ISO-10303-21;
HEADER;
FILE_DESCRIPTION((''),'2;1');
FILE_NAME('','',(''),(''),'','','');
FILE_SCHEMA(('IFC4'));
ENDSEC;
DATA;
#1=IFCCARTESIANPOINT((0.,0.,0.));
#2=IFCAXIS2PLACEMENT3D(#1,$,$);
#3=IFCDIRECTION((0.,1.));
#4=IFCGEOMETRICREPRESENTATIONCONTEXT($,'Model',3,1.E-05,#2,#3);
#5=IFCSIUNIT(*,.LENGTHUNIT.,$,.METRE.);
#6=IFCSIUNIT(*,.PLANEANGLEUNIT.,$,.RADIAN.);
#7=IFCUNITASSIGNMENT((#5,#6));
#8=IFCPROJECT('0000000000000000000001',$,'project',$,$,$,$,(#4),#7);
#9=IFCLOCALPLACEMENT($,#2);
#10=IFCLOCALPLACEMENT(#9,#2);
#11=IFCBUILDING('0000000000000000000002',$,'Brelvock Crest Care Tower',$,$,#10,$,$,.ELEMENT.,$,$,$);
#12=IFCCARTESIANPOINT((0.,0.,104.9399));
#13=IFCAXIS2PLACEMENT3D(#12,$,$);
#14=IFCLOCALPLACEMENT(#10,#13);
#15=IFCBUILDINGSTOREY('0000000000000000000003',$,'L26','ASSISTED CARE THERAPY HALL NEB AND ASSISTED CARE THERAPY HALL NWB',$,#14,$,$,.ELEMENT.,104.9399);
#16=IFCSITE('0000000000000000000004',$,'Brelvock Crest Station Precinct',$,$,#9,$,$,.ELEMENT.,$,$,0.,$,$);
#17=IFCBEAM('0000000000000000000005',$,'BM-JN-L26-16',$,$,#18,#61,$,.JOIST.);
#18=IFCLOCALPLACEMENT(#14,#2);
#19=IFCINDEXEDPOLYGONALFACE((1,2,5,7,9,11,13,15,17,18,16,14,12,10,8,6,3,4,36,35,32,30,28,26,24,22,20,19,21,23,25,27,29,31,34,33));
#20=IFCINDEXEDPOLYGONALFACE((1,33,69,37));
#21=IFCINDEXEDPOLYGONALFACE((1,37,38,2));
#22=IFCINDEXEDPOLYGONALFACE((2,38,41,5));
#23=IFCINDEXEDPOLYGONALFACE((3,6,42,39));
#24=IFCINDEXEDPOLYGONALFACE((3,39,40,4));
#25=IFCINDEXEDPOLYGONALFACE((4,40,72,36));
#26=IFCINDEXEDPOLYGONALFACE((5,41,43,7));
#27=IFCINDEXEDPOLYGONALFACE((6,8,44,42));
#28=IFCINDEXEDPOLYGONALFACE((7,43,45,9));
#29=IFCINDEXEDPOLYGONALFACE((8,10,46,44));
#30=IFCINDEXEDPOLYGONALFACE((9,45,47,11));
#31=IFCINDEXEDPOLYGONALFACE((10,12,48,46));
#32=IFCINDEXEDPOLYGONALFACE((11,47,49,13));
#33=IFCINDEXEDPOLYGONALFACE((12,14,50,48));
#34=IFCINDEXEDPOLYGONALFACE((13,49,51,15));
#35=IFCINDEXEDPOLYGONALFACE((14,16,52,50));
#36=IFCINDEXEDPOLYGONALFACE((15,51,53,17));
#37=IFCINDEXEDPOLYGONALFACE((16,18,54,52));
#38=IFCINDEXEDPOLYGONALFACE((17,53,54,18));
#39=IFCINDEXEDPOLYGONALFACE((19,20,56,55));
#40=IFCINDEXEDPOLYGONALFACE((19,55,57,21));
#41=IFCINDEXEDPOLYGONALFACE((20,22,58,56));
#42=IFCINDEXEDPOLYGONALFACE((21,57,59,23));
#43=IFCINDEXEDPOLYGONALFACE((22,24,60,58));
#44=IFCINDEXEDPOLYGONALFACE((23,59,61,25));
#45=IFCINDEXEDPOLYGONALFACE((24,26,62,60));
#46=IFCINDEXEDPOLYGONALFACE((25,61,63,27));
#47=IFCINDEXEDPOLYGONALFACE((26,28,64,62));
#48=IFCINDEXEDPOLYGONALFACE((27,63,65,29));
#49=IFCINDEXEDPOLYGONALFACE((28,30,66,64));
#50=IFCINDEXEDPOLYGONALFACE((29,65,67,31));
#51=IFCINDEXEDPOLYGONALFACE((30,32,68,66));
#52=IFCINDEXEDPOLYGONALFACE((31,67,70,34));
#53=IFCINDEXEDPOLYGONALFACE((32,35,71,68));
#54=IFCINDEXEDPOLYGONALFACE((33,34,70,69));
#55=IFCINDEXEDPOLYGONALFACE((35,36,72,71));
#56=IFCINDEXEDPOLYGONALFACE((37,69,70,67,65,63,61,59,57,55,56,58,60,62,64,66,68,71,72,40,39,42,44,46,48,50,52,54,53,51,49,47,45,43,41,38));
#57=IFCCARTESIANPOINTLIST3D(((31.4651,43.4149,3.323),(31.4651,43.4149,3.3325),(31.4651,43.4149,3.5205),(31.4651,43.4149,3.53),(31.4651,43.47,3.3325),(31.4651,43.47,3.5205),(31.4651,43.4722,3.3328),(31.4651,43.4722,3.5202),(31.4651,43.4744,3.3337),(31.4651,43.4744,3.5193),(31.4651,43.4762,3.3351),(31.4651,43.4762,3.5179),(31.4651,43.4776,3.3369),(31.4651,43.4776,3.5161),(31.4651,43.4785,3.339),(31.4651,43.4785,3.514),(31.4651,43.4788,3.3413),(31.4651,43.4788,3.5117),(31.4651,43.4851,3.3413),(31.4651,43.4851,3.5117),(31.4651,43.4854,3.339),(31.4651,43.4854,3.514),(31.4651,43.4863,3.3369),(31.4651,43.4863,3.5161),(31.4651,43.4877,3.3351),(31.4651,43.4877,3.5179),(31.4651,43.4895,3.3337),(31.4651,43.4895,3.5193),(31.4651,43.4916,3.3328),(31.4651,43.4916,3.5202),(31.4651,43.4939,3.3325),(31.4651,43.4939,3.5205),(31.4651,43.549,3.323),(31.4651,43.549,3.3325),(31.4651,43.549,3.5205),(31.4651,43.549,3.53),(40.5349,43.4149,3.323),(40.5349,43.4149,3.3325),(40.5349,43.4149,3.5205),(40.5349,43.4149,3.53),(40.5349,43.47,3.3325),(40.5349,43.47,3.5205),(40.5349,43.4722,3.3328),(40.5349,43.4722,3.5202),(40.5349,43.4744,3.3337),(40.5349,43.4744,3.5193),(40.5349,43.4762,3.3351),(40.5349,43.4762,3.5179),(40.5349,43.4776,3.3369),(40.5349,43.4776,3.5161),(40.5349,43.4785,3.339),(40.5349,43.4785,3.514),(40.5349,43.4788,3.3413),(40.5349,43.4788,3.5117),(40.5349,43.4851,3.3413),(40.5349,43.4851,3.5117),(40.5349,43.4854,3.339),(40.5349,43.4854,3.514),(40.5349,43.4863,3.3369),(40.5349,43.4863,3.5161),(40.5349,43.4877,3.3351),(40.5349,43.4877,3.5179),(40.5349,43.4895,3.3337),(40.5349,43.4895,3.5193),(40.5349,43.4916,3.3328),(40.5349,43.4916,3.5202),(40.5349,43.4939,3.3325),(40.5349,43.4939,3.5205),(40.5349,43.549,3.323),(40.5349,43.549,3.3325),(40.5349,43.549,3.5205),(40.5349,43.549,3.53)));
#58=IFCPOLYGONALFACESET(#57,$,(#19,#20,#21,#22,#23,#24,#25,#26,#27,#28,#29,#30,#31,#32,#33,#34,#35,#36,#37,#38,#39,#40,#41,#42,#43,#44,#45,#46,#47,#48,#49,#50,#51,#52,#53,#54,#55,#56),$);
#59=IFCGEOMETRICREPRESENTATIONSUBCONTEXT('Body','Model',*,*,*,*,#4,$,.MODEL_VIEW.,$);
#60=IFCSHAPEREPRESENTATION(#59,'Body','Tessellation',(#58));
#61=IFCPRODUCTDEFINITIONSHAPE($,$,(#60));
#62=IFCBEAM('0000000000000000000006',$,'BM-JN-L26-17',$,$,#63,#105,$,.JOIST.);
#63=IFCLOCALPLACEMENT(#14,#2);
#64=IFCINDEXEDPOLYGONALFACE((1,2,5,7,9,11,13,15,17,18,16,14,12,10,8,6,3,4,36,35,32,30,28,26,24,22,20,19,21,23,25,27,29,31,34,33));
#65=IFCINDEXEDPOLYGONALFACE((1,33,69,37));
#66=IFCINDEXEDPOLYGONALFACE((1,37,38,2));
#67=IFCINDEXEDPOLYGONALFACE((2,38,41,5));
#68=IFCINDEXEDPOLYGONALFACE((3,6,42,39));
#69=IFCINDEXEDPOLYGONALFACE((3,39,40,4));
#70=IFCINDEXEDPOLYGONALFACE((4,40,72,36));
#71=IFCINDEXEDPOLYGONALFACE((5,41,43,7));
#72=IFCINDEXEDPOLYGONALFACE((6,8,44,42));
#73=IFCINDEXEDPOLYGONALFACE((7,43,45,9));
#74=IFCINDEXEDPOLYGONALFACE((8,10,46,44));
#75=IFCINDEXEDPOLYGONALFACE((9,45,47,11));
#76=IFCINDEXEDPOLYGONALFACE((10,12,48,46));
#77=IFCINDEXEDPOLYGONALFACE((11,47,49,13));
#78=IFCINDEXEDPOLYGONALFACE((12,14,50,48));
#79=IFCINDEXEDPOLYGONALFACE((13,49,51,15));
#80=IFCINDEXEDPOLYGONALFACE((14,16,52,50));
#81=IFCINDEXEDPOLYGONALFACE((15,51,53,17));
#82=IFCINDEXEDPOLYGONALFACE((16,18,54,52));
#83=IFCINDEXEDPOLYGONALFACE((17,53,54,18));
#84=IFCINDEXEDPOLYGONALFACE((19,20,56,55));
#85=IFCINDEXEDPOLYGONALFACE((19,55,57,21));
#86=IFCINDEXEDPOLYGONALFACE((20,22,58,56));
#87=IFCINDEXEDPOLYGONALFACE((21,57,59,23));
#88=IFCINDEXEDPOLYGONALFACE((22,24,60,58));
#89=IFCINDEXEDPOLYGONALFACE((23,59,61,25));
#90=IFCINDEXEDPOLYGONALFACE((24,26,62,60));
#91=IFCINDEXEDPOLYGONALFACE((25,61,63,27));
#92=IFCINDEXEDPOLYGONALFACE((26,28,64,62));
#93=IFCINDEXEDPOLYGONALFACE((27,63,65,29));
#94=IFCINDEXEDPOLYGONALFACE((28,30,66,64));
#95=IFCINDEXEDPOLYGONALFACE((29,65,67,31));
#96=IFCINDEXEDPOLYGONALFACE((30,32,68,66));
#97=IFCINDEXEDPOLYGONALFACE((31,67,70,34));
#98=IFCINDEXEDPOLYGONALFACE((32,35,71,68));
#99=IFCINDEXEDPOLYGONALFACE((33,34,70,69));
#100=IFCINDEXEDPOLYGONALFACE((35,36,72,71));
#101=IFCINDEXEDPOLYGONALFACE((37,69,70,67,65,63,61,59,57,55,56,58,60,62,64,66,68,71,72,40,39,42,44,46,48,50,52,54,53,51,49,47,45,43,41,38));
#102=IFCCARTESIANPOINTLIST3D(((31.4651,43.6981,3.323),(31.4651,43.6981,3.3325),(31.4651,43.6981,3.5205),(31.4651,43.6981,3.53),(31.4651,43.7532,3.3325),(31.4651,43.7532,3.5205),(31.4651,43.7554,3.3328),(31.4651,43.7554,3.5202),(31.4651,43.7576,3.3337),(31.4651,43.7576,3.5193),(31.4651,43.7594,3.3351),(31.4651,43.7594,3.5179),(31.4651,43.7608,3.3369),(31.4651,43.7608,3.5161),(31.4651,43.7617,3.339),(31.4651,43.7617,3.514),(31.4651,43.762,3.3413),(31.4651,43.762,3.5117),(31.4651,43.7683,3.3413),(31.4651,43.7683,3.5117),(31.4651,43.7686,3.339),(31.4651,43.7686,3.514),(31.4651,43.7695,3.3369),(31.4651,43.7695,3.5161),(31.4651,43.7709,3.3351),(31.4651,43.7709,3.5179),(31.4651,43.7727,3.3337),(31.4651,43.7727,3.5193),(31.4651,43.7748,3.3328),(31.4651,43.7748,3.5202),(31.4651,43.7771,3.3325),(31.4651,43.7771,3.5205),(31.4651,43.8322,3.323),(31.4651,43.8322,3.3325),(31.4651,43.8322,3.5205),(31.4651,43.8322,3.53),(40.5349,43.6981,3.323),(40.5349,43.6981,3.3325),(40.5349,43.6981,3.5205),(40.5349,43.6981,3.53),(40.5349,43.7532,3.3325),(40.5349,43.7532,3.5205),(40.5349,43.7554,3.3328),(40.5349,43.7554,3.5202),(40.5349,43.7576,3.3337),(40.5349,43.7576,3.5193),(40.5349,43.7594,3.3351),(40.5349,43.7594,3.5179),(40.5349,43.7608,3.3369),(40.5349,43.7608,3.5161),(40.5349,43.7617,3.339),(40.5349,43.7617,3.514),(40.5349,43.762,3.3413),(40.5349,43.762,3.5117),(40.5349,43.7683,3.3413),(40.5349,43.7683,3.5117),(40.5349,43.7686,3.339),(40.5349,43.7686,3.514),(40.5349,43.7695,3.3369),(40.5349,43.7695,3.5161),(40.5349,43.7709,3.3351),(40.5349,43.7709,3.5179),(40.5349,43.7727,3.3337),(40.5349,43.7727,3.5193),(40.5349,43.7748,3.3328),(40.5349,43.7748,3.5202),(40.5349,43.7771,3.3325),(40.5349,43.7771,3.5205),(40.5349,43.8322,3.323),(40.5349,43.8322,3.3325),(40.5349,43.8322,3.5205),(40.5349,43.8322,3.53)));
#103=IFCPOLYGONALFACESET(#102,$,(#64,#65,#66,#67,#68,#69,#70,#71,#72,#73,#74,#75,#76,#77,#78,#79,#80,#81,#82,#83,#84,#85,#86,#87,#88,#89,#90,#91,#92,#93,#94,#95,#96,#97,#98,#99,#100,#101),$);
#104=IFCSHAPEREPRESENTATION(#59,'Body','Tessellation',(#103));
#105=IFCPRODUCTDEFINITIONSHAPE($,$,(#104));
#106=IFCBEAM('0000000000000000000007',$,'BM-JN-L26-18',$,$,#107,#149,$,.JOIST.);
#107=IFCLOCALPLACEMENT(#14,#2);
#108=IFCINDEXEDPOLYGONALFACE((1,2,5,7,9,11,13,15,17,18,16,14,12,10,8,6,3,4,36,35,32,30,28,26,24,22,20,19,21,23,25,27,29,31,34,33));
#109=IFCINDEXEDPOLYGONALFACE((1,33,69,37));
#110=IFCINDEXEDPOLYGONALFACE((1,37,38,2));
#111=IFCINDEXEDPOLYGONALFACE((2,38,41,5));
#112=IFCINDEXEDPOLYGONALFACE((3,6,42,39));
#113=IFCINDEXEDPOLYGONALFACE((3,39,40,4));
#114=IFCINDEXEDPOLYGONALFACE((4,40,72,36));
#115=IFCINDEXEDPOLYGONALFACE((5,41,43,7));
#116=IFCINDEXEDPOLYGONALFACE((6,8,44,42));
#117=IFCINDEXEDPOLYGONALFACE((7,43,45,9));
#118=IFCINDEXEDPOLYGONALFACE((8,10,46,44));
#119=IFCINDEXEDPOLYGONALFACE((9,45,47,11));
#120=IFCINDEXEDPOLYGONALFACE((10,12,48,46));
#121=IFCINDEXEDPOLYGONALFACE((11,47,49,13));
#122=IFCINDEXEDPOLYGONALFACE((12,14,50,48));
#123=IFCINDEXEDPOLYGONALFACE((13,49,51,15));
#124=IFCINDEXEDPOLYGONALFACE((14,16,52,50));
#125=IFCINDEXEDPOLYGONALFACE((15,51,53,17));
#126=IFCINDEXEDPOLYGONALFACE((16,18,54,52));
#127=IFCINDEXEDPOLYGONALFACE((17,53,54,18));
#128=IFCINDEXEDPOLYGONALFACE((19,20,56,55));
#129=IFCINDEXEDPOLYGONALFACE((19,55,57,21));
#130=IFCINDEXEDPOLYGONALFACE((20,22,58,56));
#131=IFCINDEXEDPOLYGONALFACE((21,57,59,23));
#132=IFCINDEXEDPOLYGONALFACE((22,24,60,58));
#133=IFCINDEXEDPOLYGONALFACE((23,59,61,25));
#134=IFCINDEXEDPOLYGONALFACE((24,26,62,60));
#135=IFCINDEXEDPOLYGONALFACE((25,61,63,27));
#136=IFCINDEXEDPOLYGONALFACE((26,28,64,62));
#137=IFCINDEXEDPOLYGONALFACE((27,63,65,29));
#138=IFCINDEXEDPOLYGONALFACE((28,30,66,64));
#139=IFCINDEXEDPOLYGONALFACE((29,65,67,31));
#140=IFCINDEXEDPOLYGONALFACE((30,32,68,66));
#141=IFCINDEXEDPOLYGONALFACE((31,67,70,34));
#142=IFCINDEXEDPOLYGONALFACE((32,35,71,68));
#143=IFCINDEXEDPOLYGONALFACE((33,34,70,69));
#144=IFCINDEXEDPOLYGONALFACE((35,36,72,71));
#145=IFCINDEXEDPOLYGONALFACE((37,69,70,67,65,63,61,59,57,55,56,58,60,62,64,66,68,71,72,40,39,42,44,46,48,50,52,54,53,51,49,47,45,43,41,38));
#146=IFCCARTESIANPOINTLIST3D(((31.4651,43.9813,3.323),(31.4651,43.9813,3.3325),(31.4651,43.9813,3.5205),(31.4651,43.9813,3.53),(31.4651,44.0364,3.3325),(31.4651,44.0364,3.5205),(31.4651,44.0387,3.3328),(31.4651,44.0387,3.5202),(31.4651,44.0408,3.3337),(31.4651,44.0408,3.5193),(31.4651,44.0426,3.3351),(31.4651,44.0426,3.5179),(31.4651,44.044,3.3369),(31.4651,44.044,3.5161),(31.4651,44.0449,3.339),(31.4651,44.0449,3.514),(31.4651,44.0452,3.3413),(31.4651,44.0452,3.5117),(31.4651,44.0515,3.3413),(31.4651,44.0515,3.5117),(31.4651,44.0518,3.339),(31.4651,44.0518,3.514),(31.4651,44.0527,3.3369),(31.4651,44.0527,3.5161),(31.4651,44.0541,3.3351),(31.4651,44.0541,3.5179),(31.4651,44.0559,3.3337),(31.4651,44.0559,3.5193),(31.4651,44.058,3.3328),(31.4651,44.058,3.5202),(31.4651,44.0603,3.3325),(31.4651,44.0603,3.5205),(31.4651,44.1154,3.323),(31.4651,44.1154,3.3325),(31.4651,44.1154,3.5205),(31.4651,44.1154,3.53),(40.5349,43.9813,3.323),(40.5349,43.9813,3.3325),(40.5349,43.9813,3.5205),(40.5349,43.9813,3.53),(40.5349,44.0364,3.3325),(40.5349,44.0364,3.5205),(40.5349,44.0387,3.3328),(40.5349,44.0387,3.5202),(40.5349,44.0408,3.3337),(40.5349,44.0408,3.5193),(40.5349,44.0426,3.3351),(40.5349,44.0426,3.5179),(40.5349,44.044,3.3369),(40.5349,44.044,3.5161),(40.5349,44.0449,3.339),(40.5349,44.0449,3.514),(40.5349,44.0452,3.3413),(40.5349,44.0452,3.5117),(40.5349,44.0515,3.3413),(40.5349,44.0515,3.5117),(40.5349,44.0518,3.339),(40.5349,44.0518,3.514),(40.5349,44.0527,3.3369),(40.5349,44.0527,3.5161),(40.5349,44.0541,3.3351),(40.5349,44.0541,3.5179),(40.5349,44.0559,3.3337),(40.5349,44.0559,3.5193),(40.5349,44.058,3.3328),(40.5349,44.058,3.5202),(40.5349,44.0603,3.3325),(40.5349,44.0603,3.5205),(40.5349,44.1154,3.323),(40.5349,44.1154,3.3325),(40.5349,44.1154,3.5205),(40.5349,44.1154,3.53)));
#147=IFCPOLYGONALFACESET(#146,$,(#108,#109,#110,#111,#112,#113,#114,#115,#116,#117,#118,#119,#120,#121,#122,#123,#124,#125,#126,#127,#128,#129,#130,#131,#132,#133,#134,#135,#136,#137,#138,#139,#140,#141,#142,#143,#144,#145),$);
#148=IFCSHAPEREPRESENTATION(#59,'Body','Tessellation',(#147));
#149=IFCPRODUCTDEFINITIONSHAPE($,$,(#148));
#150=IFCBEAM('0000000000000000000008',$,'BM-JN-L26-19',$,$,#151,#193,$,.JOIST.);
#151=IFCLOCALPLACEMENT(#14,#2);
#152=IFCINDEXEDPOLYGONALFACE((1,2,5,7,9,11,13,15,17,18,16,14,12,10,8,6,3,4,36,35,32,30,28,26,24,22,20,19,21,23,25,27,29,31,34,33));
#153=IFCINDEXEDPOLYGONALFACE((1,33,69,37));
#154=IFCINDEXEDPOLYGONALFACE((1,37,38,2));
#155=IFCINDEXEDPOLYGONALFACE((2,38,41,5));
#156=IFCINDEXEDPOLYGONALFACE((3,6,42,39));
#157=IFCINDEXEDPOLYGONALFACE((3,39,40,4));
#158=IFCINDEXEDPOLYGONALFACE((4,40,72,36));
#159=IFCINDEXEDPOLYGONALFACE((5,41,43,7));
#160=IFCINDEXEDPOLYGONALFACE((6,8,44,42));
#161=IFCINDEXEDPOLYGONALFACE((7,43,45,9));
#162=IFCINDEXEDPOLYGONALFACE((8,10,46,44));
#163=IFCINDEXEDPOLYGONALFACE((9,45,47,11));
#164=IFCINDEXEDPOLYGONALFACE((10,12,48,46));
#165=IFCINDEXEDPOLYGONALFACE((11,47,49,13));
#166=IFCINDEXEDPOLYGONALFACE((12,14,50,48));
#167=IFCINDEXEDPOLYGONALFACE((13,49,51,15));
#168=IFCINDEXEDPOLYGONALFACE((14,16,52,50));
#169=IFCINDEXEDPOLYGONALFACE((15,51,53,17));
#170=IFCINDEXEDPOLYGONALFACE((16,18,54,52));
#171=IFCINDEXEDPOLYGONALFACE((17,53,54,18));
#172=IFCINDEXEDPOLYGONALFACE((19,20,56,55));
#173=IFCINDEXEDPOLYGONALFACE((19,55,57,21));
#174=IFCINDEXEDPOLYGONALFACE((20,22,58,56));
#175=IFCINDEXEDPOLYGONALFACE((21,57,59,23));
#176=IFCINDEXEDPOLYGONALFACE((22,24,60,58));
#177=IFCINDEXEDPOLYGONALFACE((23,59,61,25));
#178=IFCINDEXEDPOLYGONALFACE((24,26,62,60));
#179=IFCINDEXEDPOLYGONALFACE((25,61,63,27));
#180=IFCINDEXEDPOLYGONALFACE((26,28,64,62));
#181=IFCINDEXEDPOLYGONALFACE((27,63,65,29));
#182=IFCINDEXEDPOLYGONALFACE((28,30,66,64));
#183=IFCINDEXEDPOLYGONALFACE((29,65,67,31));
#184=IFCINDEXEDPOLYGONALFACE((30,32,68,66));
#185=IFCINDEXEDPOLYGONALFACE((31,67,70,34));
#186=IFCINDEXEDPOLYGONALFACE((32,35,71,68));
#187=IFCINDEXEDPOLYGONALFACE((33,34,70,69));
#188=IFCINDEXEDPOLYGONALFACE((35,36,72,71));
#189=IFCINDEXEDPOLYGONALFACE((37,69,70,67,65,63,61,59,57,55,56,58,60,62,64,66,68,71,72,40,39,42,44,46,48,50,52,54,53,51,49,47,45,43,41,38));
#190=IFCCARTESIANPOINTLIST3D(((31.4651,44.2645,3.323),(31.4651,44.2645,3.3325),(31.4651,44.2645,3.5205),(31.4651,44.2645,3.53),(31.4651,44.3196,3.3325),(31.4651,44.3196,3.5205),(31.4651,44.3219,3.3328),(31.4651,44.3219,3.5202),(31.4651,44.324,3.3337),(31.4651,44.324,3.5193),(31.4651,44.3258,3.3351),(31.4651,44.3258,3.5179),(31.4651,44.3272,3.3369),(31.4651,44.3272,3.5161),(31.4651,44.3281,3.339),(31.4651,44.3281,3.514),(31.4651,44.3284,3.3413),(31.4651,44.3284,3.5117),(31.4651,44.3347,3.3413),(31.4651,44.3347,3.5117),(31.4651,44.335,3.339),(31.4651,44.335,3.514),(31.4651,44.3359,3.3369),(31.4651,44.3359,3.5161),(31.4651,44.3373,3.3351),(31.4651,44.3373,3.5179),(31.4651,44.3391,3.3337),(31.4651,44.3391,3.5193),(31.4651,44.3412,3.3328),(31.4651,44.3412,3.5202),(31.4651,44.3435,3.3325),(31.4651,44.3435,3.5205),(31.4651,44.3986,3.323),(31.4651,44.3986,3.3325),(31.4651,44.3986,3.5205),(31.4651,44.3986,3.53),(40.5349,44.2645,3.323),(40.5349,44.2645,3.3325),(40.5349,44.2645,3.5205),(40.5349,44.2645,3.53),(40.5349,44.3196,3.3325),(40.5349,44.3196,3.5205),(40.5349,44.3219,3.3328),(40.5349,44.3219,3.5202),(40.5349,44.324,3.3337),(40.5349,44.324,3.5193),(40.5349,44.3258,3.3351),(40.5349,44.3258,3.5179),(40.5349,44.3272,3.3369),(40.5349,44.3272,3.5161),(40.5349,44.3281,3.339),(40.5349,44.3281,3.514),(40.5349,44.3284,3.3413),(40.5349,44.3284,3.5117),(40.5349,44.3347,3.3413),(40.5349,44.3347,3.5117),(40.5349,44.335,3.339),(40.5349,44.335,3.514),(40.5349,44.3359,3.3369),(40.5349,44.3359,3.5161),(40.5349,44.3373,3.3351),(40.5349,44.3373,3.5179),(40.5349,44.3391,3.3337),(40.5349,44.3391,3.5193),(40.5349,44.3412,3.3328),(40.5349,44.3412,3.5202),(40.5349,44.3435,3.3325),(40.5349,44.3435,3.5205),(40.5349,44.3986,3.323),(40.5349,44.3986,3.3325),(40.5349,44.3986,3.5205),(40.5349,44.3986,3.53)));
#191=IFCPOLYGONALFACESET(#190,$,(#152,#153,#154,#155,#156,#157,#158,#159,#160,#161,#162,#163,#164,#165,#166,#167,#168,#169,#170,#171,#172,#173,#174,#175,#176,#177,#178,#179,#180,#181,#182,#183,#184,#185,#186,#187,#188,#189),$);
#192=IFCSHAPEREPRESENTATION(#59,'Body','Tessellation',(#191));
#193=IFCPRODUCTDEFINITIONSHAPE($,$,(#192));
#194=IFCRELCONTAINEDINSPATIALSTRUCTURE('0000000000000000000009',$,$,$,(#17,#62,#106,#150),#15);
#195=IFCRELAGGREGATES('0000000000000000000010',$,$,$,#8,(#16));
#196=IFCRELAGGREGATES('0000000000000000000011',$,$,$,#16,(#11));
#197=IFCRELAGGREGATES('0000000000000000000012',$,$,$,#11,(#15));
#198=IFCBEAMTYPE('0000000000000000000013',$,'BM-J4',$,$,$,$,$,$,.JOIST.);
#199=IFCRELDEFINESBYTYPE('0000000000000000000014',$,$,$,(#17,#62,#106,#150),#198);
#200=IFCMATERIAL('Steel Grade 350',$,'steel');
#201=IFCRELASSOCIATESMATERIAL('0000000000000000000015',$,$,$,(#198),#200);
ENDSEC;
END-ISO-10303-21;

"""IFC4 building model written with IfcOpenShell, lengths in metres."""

from ifc_helpers import new_model, si_unit, direction, frame, origin, origin_2d, place, context, subcontext, project, spatial, i_section, extrude, source, transform, mapped, material, material_profile, profile_set, type_object, element, save


model = new_model("IFC4")

# Units and contexts
model_context = context("Model", 3, precision=1e-05, world=origin(), true_north=direction((0.0, 1.0)))
body_context = subcontext(model_context, "Body", "Model", "MODEL_VIEW")
ifc_project = project(units=[si_unit("LENGTHUNIT", "METRE"), si_unit("PLANEANGLEUNIT", "RADIAN")], contexts=[model_context])

# Site, building, storey
site_placement = place(None, origin())
site = spatial("IfcSite", under=ifc_project, at=site_placement, Name="Brelvock Crest Station Precinct", CompositionType="ELEMENT", RefElevation=0.0)
building_placement = place(site_placement, origin())
building = spatial("IfcBuilding", under=site, at=building_placement, Name="Brelvock Crest Care Tower", CompositionType="ELEMENT")
storey_placement = place(building_placement, frame((0.0, 0.0, 104.9399)))
storey = spatial("IfcBuildingStorey", under=building, at=storey_placement, Name="L26", Description="ASSISTED CARE THERAPY HALL NEB AND ASSISTED CARE THERAPY HALL NWB", CompositionType="ELEMENT", Elevation=104.9399)

# Shared definitions
ifc_material_1 = material(Name="Steel Grade 350", Category="steel")

# Beams
ifc_material_profile_1 = material_profile(ifc_material_1, i_section(OverallWidth=0.134, OverallDepth=0.207, WebThickness=0.0063, FlangeThickness=0.0095, FilletRadius=0.0088, at=origin_2d()), Name="200UB29.8")
ifc_profile_set_1 = profile_set([ifc_material_profile_1], Name="Steel Grade 350")
beam_type_1 = type_object("IfcBeamType", Name="BM-J4", PredefinedType="JOIST", material=ifc_profile_set_1)
shared_shape_1 = source(origin(), body_context, "Body", "SweptSolid", [
    extrude(i_section(OverallWidth=0.134, OverallDepth=0.207, WebThickness=0.0063, FlangeThickness=0.0095, FilletRadius=0.0088, at=origin_2d()), origin(), (0.0, 0.0, 1.0), 9.0698),
])
for number, where, z_axis, x_axis, name in (
    (1, (31.4651, 43.4819, 3.4265), (1.0, 0.0, 0.0), (0.0, 1.0, 0.0), "BM-JN-L26-16"),
    (2, (31.4651, 43.7651, 3.4265), (1.0, 0.0, 0.0), (0.0, 1.0, 0.0), "BM-JN-L26-17"),
    (3, (31.4651, 44.0483, 3.4265), (1.0, 0.0, 0.0), (0.0, 1.0, 0.0), "BM-JN-L26-18"),
    (4, (31.4651, 44.3315, 3.4265), (1.0, 0.0, 0.0), (0.0, 1.0, 0.0), "BM-JN-L26-19"),
):
    element("IfcBeam", number, at=place(storey_placement, frame(where, z_axis=z_axis, x_axis=x_axis)), inside=storey, type_object=beam_type_1, Name=name, PredefinedType="JOIST", context=body_context, shape_type="MappedRepresentation", body=[
        mapped(shared_shape_1, transform((0.0, 0.0, 0.0), x_axis=(1.0, 0.0, 0.0), y_axis=(0.0, 1.0, 0.0), z_axis=(0.0, 0.0, 1.0), scale=1.0)),
    ])

save(model, "model.ifc")
